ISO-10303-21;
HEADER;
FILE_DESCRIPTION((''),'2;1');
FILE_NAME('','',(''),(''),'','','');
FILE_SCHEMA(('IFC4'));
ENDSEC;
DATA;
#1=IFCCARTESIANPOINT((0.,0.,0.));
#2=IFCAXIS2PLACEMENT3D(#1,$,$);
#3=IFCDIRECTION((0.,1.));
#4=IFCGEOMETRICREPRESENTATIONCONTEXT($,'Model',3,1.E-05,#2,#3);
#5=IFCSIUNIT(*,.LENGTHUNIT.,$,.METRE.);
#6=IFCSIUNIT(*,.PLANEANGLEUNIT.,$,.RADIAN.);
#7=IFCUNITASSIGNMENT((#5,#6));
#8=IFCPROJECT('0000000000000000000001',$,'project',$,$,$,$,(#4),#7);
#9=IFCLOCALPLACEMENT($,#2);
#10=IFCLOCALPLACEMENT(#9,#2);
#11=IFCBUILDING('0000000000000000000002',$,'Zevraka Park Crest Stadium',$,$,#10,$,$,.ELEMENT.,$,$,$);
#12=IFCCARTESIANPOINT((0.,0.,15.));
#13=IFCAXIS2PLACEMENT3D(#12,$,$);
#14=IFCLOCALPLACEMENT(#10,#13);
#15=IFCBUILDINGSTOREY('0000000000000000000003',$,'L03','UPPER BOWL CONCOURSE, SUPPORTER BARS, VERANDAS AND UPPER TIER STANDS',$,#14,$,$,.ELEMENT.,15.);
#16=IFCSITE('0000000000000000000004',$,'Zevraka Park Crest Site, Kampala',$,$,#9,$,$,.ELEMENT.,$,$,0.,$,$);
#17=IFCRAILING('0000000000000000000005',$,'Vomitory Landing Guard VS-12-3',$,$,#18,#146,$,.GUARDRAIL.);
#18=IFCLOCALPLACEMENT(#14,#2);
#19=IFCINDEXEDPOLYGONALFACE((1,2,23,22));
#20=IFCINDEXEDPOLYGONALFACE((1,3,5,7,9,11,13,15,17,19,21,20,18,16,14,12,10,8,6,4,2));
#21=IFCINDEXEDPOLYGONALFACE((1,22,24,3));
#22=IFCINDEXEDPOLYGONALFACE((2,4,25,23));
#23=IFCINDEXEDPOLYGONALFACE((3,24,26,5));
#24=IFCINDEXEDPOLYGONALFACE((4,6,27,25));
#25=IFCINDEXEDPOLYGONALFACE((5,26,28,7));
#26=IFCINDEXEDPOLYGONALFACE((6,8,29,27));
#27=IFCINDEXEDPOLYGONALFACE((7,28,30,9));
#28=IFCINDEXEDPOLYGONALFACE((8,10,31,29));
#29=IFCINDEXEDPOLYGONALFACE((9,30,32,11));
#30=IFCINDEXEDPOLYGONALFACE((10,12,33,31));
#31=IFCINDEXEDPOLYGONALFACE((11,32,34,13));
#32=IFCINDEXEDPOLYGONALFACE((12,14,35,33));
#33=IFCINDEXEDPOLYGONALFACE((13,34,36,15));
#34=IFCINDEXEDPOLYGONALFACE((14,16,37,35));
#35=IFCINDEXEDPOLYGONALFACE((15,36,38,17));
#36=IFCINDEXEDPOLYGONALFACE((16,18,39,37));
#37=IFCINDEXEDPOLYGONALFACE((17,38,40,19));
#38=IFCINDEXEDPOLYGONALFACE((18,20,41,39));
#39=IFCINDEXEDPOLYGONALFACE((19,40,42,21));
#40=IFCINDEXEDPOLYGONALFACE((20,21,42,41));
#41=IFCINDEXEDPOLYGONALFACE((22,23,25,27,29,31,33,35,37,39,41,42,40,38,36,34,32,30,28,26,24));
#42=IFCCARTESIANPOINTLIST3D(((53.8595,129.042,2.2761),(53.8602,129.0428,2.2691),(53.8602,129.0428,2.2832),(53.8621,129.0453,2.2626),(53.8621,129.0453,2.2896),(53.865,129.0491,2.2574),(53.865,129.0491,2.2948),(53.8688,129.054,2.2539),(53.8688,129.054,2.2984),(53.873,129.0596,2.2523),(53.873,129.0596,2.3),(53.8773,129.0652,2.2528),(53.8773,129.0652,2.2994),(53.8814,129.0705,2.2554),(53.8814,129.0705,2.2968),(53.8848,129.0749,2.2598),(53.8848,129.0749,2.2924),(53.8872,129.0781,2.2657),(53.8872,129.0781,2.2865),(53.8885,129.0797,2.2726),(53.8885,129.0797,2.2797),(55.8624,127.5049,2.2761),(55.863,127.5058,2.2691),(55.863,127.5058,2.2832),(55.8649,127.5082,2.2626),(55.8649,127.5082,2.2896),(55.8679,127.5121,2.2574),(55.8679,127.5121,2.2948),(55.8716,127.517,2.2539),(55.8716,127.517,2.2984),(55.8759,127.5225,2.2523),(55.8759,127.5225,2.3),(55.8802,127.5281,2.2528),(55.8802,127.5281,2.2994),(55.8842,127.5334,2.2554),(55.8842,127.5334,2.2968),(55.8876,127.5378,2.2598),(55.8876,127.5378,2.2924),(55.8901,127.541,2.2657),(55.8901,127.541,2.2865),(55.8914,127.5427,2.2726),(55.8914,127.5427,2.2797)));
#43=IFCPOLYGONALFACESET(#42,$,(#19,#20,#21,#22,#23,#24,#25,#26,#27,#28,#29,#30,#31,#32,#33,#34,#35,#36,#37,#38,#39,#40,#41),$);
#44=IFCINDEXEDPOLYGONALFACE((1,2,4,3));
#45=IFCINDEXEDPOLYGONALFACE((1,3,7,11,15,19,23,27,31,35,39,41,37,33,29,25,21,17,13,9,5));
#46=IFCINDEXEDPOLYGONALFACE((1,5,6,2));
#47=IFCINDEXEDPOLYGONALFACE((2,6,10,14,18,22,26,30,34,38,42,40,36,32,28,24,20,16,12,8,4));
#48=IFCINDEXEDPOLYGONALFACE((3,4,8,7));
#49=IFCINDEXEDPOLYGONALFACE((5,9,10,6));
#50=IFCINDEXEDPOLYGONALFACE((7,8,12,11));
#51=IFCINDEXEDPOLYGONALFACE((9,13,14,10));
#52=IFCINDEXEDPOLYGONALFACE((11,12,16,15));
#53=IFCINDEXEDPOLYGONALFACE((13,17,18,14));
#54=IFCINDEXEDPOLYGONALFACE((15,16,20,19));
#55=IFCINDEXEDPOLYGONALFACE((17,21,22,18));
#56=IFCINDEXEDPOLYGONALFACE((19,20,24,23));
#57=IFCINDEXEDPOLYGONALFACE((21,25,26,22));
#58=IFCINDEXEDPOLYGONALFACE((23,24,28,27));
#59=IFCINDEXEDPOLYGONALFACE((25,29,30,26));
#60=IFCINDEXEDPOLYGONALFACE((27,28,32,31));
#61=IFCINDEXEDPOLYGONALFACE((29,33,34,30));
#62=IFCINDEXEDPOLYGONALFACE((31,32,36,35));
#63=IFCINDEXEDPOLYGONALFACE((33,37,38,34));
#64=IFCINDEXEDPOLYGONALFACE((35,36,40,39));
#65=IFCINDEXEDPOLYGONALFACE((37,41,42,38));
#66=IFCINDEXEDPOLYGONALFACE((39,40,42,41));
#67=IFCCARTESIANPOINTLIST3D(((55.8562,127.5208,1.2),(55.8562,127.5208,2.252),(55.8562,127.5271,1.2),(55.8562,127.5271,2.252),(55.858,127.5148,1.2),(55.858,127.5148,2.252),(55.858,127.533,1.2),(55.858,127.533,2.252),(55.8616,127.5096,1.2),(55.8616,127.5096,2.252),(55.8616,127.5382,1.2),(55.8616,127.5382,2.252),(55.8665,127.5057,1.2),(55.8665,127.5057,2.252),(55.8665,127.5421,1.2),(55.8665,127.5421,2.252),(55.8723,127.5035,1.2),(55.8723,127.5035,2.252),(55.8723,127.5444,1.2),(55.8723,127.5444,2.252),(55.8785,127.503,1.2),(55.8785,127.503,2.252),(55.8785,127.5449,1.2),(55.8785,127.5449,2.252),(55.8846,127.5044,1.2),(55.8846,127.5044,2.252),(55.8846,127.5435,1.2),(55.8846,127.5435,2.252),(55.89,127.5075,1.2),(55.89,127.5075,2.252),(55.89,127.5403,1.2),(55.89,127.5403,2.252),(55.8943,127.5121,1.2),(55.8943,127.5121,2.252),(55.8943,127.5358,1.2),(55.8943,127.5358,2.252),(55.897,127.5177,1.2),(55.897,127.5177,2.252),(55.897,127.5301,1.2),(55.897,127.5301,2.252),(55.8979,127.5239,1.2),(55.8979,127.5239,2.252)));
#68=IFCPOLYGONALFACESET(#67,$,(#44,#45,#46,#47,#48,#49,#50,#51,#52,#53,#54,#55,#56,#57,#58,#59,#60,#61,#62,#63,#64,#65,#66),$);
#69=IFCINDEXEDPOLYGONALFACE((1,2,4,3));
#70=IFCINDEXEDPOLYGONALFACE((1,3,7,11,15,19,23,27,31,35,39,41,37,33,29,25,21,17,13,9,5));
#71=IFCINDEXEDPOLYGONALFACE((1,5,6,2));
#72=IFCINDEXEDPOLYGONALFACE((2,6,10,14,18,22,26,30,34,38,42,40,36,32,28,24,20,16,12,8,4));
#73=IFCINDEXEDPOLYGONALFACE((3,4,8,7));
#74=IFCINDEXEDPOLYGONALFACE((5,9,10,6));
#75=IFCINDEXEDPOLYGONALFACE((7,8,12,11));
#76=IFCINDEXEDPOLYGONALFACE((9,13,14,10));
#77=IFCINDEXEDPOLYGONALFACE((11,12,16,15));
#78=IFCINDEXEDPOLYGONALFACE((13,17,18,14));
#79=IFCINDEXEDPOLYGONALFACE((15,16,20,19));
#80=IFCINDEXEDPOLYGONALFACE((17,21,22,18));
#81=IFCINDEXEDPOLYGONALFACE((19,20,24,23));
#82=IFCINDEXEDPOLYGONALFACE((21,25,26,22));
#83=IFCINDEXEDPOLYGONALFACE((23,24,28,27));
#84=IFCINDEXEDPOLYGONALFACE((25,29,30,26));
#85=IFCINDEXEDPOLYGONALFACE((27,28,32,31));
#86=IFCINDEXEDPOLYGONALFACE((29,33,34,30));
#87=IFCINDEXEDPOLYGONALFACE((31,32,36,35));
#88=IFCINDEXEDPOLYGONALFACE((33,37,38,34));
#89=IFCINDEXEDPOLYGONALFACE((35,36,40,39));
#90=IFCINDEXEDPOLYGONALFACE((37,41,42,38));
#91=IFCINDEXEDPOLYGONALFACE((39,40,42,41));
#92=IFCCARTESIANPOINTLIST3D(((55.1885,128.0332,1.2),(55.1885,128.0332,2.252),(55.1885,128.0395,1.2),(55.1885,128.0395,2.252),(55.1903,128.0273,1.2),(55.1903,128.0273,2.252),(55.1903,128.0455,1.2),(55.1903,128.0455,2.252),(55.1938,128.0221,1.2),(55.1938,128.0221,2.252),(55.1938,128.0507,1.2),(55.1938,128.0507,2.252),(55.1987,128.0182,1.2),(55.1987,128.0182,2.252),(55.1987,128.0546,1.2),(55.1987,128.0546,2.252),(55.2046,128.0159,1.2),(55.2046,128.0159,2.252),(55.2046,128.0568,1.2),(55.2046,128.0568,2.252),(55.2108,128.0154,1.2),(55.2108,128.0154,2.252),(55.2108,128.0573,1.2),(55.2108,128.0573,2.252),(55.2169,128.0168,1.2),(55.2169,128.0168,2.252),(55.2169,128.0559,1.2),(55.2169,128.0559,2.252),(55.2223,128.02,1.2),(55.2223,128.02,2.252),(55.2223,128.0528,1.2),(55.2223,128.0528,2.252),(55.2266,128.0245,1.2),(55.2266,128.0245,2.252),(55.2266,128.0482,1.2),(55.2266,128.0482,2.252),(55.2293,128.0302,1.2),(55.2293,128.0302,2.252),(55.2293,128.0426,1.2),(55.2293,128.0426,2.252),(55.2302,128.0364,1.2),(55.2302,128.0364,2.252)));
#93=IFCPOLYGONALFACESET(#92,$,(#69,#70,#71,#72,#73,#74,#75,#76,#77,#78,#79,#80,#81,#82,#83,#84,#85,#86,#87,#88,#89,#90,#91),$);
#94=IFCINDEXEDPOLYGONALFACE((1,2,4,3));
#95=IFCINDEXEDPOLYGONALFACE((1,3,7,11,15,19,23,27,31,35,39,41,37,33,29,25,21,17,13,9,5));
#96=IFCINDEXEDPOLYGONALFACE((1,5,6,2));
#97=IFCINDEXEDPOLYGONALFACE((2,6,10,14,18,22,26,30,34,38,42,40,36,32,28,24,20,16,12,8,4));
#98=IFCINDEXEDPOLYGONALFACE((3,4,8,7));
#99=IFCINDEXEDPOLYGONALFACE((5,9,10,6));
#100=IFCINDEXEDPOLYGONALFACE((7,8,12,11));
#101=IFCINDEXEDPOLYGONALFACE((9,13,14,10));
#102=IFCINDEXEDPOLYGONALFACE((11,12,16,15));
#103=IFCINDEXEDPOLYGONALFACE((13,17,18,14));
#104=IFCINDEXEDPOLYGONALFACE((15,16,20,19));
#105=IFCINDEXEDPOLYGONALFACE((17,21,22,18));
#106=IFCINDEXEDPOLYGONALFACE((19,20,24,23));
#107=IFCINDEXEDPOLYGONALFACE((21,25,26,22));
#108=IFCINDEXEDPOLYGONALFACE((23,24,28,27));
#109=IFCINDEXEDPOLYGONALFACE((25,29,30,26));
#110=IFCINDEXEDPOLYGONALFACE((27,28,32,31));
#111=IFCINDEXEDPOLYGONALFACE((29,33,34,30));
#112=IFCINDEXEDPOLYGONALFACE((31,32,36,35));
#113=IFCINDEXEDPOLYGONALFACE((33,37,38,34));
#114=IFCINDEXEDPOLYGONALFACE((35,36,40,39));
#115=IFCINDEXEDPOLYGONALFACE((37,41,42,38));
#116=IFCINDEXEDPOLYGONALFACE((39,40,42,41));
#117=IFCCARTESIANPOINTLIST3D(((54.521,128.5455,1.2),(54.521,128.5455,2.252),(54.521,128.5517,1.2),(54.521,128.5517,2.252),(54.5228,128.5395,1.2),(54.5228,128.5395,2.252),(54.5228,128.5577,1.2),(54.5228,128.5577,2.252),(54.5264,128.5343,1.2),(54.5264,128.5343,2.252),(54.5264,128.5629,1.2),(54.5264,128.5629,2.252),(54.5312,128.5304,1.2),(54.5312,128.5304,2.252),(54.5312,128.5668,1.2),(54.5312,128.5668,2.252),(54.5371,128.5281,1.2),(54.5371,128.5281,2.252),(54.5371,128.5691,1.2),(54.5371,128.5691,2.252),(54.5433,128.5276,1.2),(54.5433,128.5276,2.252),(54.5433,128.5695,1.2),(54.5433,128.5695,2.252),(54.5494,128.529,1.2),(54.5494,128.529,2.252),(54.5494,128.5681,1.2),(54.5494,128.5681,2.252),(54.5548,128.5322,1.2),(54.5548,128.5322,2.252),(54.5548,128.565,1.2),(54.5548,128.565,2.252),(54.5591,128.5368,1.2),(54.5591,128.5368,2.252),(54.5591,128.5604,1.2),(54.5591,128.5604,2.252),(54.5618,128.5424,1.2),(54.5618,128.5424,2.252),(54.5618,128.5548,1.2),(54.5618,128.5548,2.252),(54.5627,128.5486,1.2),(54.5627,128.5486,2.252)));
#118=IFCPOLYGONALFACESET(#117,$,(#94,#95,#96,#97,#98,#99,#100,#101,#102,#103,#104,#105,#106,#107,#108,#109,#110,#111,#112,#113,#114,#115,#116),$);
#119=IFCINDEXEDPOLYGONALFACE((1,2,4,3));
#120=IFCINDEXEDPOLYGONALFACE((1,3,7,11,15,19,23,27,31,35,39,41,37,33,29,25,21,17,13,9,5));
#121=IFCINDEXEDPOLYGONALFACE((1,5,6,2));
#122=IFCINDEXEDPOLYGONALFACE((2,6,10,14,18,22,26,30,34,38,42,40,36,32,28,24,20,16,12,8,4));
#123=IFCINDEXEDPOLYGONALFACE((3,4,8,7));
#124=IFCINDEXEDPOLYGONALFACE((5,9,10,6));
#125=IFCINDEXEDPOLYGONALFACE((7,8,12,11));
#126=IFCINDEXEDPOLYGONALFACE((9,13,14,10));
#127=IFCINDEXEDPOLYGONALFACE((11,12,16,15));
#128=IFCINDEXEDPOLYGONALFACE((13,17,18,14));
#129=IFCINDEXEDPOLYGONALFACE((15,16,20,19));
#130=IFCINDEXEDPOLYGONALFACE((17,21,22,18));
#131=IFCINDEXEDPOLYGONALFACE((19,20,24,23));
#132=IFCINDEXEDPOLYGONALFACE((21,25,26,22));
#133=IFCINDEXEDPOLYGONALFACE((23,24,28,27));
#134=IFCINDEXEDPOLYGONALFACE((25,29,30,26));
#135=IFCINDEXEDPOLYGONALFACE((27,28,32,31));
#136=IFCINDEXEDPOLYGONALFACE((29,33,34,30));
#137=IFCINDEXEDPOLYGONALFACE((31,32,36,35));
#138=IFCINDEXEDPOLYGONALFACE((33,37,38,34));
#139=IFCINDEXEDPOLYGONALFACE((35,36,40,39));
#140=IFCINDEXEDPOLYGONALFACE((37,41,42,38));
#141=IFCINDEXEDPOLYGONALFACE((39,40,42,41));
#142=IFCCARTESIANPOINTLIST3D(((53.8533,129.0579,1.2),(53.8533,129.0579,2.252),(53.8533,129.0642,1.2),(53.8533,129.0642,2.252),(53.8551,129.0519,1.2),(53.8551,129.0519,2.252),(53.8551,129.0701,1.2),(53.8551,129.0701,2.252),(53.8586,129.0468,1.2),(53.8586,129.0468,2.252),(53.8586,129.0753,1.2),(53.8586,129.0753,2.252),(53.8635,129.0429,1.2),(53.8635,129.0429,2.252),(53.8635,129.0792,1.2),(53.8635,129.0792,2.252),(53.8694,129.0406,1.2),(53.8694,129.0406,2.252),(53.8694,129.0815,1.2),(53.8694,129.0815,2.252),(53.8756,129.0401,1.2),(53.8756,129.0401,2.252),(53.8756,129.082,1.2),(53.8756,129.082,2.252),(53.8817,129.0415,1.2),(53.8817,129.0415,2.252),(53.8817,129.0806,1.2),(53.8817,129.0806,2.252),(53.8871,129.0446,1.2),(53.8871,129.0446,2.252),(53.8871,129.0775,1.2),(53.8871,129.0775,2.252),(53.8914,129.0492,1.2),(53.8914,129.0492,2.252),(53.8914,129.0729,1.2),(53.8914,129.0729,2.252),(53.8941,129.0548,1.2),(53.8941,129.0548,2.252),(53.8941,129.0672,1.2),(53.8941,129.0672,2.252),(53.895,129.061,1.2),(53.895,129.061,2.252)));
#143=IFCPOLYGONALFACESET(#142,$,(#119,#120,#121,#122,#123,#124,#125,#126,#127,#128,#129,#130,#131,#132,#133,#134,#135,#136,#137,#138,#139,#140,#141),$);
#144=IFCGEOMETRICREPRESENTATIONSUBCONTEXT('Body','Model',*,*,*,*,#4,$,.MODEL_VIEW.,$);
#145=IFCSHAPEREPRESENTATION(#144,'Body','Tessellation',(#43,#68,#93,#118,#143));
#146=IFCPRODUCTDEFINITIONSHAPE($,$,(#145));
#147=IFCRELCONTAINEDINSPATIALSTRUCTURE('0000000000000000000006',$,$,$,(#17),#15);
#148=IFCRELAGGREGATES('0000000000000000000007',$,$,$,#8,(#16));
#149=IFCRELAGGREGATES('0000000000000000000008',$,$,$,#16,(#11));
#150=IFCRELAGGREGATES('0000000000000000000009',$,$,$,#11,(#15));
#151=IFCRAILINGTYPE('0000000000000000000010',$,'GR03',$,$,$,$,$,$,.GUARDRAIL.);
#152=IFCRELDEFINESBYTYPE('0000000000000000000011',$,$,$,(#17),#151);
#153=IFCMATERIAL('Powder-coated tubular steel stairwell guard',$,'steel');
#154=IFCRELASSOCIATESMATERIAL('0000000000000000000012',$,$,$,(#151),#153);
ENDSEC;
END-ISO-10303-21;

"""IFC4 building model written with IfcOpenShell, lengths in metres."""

from ifc_helpers import new_model, si_unit, direction, frame, origin, origin_2d, place, context, subcontext, project, spatial, circle, extrude, material, type_object, element, save


model = new_model("IFC4")

# Units and contexts
model_context = context("Model", 3, precision=1e-05, world=origin(), true_north=direction((0.0, 1.0)))
body_context = subcontext(model_context, "Body", "Model", "MODEL_VIEW")
ifc_project = project(units=[si_unit("LENGTHUNIT", "METRE"), si_unit("PLANEANGLEUNIT", "RADIAN")], contexts=[model_context])

# Site, building, storey
site_placement = place(None, origin())
site = spatial("IfcSite", under=ifc_project, at=site_placement, Name="Zevraka Park Crest Site, Kampala", CompositionType="ELEMENT", RefElevation=0.0)
building_placement = place(site_placement, origin())
building = spatial("IfcBuilding", under=site, at=building_placement, Name="Zevraka Park Crest Stadium", CompositionType="ELEMENT")
storey_placement = place(building_placement, frame((0.0, 0.0, 15.0)))
storey = spatial("IfcBuildingStorey", under=building, at=storey_placement, Name="L03", Description="UPPER BOWL CONCOURSE, SUPPORTER BARS, VERANDAS AND UPPER TIER STANDS", CompositionType="ELEMENT", Elevation=15.0)

# Railing
ifc_material_1 = material(Name="Powder-coated tubular steel stairwell guard", Category="steel")
railing_type_1 = type_object("IfcRailingType", Name="GR03", PredefinedType="GUARDRAIL", material=ifc_material_1)
railing_1_placement = place(storey_placement, frame((55.877, 127.5239, 1.2)))
element("IfcRailing", 1, at=railing_1_placement, inside=storey, type_object=railing_type_1, Name="Vomitory Landing Guard VS-12-3", PredefinedType="GUARDRAIL", context=body_context, shape_type="SweptSolid", body=[
    extrude(circle(Radius=0.0239, at=origin_2d()), frame((0.0, 0.0, 1.0762), z_axis=(-0.793314, 0.608813, 0.0), x_axis=(-0.608813, -0.793314, 0.0)), (0.0, 0.0, 1.0), 2.5247),
    extrude(circle(Radius=0.021, at=origin_2d()), origin(), (0.0, 0.0, 1.0), 1.052),
    extrude(circle(Radius=0.021, at=origin_2d()), frame((-0.6677, 0.5125, 0.0)), (0.0, 0.0, 1.0), 1.052),
    extrude(circle(Radius=0.021, at=origin_2d()), frame((-1.3352, 1.0247, 0.0)), (0.0, 0.0, 1.0), 1.052),
    extrude(circle(Radius=0.021, at=origin_2d()), frame((-2.0029, 1.5371, 0.0)), (0.0, 0.0, 1.0), 1.052),
])

save(model, "model.ifc")
